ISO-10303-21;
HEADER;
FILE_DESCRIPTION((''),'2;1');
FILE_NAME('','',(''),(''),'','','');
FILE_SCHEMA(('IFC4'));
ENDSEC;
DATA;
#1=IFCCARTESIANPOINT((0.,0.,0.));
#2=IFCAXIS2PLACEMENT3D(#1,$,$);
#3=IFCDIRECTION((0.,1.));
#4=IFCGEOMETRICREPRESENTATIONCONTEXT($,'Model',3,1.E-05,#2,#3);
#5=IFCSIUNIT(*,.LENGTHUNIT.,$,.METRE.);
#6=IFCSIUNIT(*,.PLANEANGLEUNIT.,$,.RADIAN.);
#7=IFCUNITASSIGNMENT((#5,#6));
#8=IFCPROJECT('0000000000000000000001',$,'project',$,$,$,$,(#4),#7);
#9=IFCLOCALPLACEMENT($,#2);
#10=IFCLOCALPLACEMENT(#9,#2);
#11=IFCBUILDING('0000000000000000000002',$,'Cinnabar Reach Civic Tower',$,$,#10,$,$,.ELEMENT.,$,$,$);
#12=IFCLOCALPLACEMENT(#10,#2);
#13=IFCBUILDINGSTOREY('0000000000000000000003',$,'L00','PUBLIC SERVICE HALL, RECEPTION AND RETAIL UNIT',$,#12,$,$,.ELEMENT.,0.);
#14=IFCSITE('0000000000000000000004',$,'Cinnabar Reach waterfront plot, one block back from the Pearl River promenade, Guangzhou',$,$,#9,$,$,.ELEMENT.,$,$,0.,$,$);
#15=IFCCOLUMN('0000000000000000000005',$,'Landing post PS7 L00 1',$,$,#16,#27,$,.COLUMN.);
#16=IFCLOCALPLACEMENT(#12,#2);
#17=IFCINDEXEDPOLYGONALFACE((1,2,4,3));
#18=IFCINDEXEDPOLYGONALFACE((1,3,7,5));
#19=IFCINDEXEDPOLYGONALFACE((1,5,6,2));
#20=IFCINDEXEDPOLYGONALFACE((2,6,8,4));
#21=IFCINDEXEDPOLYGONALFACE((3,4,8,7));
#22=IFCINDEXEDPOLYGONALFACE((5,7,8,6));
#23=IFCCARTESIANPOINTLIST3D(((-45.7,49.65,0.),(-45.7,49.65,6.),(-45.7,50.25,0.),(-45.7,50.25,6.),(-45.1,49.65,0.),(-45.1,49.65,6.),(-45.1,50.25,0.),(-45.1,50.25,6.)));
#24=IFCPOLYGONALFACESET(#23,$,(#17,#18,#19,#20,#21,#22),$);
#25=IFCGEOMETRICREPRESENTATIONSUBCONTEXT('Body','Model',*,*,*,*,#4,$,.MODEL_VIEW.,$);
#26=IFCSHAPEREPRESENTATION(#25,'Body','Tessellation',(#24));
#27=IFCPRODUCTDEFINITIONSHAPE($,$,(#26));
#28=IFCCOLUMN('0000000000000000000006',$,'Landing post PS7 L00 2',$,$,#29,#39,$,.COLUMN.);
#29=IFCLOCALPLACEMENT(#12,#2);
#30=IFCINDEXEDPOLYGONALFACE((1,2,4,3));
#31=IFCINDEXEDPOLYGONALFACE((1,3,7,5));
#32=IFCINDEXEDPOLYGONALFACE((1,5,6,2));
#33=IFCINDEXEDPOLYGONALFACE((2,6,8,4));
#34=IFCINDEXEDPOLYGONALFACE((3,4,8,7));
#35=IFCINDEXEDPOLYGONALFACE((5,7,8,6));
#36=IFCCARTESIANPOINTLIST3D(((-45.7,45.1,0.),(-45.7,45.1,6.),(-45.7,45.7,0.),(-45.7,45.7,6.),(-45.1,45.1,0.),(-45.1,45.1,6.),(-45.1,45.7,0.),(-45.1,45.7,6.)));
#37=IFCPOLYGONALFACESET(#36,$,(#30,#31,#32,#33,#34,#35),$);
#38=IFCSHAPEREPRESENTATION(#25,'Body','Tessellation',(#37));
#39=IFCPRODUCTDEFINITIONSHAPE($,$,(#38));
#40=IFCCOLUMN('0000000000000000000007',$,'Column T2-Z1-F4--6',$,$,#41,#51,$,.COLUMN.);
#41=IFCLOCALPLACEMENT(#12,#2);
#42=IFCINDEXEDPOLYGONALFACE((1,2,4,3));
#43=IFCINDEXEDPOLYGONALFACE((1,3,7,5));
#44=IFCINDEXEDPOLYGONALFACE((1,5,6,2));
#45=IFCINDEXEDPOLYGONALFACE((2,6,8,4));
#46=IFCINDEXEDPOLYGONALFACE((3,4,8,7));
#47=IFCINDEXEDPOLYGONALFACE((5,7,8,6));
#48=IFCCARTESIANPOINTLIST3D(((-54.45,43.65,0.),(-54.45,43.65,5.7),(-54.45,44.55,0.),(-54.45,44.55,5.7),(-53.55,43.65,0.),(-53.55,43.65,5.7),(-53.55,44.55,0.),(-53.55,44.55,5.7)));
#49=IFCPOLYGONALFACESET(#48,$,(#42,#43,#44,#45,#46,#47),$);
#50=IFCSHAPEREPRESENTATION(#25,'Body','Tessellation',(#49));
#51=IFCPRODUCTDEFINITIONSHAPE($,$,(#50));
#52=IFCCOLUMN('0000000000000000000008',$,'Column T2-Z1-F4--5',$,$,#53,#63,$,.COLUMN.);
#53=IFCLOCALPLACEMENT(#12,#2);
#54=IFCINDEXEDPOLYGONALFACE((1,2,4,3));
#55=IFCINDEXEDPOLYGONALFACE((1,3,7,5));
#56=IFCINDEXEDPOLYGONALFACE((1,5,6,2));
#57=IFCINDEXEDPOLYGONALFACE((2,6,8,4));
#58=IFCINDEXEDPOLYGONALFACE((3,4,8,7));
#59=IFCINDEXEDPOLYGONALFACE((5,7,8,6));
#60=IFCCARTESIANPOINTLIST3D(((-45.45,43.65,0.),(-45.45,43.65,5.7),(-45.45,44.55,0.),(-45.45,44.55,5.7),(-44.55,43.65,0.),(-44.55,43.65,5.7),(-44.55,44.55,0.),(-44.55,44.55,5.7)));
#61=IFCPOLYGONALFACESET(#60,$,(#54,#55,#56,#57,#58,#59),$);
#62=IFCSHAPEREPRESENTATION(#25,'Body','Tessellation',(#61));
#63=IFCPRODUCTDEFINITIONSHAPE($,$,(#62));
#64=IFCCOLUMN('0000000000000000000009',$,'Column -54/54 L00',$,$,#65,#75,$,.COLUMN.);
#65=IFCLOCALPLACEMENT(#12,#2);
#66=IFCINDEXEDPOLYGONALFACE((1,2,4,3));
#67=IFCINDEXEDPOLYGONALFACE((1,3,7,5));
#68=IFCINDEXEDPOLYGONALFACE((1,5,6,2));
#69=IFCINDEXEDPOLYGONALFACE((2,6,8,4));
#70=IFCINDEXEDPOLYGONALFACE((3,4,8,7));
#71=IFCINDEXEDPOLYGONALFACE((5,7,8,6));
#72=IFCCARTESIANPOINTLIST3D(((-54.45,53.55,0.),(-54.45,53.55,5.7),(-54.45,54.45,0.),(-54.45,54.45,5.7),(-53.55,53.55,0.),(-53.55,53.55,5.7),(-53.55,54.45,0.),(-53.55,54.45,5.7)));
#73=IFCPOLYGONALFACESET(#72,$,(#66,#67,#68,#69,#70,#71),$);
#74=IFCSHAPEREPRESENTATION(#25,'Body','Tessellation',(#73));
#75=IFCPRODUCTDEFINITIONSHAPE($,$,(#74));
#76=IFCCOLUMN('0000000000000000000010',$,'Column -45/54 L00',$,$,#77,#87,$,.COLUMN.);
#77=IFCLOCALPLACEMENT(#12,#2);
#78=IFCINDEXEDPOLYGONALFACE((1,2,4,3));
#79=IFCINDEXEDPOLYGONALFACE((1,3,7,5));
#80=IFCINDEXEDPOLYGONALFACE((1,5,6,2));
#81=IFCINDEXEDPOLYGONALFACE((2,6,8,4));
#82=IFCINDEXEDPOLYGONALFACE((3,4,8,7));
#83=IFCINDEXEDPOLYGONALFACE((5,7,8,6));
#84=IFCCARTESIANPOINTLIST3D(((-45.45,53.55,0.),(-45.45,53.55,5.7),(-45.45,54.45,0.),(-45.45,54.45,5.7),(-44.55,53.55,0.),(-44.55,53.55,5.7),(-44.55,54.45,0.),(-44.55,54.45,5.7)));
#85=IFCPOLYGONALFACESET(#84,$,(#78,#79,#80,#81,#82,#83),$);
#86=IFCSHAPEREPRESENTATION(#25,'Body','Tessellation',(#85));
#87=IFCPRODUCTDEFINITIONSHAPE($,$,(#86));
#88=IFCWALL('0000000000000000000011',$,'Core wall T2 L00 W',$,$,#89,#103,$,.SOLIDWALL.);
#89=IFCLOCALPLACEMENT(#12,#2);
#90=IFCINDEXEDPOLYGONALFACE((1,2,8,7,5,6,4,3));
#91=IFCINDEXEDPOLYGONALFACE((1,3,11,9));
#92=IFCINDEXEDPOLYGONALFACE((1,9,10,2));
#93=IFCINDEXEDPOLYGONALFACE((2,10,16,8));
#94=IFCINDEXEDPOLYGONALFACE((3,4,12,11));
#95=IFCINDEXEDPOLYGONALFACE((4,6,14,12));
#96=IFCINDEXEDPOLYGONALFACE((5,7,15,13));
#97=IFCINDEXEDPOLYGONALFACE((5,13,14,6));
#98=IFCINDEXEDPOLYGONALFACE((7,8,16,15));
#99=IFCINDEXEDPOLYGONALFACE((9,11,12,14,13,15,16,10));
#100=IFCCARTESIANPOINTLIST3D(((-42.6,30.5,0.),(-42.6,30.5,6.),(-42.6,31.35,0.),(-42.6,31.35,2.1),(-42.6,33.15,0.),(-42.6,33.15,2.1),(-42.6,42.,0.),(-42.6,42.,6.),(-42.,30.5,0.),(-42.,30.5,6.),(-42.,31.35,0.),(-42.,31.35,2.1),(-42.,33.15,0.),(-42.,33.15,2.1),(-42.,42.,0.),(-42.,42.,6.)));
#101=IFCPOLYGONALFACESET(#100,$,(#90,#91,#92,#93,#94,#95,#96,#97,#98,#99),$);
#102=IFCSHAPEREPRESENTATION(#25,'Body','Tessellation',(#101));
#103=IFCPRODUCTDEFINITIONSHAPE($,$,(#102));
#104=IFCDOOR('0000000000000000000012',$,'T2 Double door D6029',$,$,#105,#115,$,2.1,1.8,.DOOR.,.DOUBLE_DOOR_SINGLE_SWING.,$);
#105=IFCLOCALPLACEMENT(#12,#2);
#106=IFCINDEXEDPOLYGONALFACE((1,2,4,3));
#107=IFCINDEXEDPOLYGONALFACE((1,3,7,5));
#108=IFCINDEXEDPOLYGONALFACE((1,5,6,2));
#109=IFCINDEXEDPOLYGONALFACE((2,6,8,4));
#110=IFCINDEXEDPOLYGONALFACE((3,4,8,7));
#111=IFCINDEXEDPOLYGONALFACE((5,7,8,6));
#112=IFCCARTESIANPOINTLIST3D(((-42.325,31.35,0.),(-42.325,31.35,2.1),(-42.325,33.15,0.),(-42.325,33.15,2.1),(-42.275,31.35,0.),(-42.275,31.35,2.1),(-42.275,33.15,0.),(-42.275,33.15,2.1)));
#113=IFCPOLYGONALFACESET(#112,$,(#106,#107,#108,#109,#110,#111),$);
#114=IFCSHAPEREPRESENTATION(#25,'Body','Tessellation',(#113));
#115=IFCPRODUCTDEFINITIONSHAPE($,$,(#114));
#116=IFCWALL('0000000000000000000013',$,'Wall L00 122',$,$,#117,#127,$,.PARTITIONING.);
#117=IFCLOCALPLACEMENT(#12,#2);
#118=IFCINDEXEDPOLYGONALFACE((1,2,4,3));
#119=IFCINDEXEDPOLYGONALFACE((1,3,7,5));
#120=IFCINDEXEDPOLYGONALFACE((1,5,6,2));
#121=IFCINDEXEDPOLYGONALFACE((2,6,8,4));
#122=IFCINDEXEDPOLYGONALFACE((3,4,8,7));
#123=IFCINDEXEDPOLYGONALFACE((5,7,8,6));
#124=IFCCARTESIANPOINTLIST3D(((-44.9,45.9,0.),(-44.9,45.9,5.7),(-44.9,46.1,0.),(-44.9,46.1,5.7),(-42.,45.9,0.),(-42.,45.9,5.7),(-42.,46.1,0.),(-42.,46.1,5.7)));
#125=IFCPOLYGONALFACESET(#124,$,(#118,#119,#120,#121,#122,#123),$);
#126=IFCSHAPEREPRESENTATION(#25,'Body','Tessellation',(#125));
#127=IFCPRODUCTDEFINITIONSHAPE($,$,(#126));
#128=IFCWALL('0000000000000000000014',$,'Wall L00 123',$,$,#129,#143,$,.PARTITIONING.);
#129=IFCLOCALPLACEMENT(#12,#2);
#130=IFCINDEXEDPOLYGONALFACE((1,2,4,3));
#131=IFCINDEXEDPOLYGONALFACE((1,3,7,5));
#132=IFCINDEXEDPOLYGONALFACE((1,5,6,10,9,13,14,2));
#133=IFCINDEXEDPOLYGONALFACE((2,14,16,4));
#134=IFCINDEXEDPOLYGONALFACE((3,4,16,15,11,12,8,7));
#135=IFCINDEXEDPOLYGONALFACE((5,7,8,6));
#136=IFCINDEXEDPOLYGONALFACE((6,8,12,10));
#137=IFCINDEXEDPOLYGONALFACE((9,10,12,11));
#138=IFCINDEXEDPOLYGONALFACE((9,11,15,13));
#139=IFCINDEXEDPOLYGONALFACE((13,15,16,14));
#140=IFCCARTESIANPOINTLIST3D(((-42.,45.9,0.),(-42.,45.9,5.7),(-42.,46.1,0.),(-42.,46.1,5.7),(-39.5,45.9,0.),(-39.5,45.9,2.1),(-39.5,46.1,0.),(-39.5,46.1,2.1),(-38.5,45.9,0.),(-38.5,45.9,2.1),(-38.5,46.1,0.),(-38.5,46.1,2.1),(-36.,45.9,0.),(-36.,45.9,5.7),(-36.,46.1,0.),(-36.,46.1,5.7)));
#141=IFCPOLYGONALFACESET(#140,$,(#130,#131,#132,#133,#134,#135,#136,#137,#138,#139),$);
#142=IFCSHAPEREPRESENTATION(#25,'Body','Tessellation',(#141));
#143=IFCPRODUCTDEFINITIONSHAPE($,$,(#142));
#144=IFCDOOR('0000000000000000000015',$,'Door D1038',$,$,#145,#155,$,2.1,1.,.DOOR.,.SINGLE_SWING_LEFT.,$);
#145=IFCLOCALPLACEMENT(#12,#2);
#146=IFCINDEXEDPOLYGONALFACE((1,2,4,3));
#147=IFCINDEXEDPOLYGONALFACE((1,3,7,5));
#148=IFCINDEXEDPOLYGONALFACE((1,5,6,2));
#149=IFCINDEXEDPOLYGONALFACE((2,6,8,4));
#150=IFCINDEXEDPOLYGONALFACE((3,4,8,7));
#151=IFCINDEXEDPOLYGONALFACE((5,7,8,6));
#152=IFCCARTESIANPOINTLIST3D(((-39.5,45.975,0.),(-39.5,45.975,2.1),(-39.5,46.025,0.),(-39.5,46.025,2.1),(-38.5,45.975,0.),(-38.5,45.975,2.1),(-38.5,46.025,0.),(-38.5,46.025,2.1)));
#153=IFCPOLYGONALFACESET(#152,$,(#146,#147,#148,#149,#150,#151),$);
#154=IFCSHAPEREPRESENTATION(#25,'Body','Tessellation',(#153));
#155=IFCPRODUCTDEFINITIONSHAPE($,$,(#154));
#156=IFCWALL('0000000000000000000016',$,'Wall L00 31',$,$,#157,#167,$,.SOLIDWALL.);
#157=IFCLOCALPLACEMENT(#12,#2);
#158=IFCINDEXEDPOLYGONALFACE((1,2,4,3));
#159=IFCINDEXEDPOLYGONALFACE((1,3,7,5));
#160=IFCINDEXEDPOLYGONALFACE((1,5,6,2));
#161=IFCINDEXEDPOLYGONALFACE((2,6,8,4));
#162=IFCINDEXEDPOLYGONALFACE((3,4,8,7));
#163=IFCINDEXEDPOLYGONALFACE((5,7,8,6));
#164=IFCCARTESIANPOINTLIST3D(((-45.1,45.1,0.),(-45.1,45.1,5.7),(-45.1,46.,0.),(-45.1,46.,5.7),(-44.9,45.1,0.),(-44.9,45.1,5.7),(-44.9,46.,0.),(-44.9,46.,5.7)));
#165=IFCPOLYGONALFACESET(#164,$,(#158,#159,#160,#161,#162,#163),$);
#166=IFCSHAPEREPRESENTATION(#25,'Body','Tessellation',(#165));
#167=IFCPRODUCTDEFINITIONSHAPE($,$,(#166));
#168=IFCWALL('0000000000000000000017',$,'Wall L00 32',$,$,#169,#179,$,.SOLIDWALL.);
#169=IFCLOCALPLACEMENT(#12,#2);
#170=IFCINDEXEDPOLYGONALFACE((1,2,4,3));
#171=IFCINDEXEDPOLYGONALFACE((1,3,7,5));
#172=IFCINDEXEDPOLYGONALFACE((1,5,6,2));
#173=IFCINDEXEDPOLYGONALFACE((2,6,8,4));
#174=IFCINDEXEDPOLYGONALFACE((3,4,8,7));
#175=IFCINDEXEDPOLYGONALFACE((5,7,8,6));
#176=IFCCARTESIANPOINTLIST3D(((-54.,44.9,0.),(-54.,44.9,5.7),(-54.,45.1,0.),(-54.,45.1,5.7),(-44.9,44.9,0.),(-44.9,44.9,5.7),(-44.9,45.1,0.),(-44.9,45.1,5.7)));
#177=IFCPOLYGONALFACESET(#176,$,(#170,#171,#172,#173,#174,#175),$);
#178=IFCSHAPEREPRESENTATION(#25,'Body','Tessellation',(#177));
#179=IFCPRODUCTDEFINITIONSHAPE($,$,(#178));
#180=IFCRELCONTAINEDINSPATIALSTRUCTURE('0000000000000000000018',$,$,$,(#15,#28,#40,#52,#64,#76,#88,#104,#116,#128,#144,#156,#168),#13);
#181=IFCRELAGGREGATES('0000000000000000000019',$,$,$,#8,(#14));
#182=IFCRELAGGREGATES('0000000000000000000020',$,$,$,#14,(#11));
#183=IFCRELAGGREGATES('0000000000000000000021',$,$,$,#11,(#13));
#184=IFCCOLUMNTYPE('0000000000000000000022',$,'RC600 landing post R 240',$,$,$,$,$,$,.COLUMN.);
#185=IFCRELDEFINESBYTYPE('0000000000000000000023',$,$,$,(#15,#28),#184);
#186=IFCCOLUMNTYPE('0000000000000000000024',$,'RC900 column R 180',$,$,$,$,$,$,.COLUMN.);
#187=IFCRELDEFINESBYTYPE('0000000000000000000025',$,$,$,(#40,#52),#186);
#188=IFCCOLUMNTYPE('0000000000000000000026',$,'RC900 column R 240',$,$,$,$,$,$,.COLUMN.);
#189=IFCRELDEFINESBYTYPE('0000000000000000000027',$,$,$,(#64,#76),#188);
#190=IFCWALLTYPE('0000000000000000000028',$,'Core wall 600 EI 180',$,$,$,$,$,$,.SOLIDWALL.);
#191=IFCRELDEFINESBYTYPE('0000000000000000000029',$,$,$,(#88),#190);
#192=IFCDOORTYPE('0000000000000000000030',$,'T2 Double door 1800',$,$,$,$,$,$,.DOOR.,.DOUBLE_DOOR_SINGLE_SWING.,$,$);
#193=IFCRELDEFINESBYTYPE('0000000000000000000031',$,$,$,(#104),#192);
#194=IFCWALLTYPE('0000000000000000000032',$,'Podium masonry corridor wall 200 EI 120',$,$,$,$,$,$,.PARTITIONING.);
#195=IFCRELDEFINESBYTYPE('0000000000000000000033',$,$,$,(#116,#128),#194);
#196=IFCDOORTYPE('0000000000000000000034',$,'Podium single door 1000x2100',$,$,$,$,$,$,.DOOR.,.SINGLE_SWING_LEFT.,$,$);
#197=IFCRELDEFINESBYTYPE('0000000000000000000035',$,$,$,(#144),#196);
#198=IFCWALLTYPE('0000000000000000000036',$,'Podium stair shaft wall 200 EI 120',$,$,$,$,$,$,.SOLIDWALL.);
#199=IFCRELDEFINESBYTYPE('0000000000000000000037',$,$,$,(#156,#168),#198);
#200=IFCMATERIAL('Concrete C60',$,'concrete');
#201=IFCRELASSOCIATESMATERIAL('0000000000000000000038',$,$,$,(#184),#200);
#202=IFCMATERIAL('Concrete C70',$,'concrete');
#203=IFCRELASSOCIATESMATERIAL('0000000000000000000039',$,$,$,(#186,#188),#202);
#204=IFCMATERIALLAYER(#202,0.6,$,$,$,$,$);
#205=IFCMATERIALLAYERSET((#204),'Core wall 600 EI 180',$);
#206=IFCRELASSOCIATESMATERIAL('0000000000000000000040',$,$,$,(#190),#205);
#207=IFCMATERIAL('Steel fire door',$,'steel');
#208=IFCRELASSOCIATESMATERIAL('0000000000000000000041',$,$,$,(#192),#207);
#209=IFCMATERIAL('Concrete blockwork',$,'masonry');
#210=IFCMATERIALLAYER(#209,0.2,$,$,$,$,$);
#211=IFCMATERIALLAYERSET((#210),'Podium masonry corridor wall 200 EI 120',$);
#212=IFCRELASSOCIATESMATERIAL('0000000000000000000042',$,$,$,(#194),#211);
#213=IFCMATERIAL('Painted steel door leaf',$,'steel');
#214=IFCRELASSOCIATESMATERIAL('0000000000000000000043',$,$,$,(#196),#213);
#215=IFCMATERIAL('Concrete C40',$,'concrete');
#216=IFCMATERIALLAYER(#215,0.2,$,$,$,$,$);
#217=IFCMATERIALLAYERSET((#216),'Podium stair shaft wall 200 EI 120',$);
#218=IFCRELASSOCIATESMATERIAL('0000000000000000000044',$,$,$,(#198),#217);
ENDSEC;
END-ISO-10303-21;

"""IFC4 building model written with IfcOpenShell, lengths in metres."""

from ifc_helpers import new_model, si_unit, direction, frame, frame_2d, origin, origin_2d, place, context, subcontext, project, spatial, rectangle, extrude, material, layer, layer_set, material_profile, profile_set, type_object, element, fill, save


model = new_model("IFC4")

# Units and contexts
model_context = context("Model", 3, precision=1e-05, world=origin(), true_north=direction((0.0, 1.0)))
body_context = subcontext(model_context, "Body", "Model", "MODEL_VIEW")
ifc_project = project(units=[si_unit("LENGTHUNIT", "METRE"), si_unit("PLANEANGLEUNIT", "RADIAN")], contexts=[model_context])

# Site, building, storey
site_placement = place(None, origin())
site = spatial("IfcSite", under=ifc_project, at=site_placement, Name="Cinnabar Reach waterfront plot, one block back from the Pearl River promenade, Guangzhou", CompositionType="ELEMENT", RefElevation=0.0)
building_placement = place(site_placement, origin())
building = spatial("IfcBuilding", under=site, at=building_placement, Name="Cinnabar Reach Civic Tower", CompositionType="ELEMENT")
storey_placement = place(building_placement, origin())
storey = spatial("IfcBuildingStorey", under=building, at=storey_placement, Name="L00", Description="PUBLIC SERVICE HALL, RECEPTION AND RETAIL UNIT", CompositionType="ELEMENT", Elevation=0.0)

# Columns
ifc_material_1 = material(Name="Concrete C60", Category="concrete")
ifc_material_profile_1 = material_profile(ifc_material_1, rectangle(XDim=0.6, YDim=0.6, at=origin_2d()), Name="RC600")
ifc_profile_set_1 = profile_set([ifc_material_profile_1], Name="Concrete C60")
column_type_1 = type_object("IfcColumnType", Name="RC600 landing post R 240", PredefinedType="COLUMN", material=ifc_profile_set_1)
for number, where, z_axis, x_axis, name in (
    (1, (-45.4, 49.95, 0.0), (0.0, 0.0, 1.0), (1.0, 0.0, 0.0), "Landing post PS7 L00 1"),
    (2, (-45.4, 45.4, 0.0), (0.0, 0.0, 1.0), (1.0, 0.0, 0.0), "Landing post PS7 L00 2"),
):
    element("IfcColumn", number, at=place(storey_placement, frame(where, z_axis=z_axis, x_axis=x_axis)), inside=storey, type_object=column_type_1, Name=name, PredefinedType="COLUMN", context=body_context, shape_type="SweptSolid", body=[
        extrude(rectangle(XDim=0.6, YDim=0.6, at=origin_2d()), origin(), (0.0, 0.0, 1.0), 6.0),
    ])
ifc_material_2 = material(Name="Concrete C70", Category="concrete")
ifc_material_profile_2 = material_profile(ifc_material_2, rectangle(XDim=0.9, YDim=0.9, at=origin_2d()), Name="RC900")
ifc_profile_set_2 = profile_set([ifc_material_profile_2], Name="Concrete C70")
column_type_2 = type_object("IfcColumnType", Name="RC900 column R 180", PredefinedType="COLUMN", material=ifc_profile_set_2)
for number, where, z_axis, x_axis, name in (
    (3, (-54.0, 44.1, 0.0), (0.0, 0.0, 1.0), (1.0, 0.0, 0.0), "Column T2-Z1-F4--6"),
    (4, (-45.0, 44.1, 0.0), (0.0, 0.0, 1.0), (1.0, 0.0, 0.0), "Column T2-Z1-F4--5"),
):
    element("IfcColumn", number, at=place(storey_placement, frame(where, z_axis=z_axis, x_axis=x_axis)), inside=storey, type_object=column_type_2, Name=name, PredefinedType="COLUMN", context=body_context, shape_type="SweptSolid", body=[
        extrude(rectangle(XDim=0.9, YDim=0.9, at=origin_2d()), origin(), (0.0, 0.0, 1.0), 5.7),
    ])
ifc_material_profile_3 = material_profile(ifc_material_2, rectangle(XDim=0.9, YDim=0.9, at=origin_2d()), Name="RC900")
ifc_profile_set_3 = profile_set([ifc_material_profile_3], Name="Concrete C70")
column_type_3 = type_object("IfcColumnType", Name="RC900 column R 240", PredefinedType="COLUMN", material=ifc_profile_set_3)
for number, where, z_axis, x_axis, name in (
    (5, (-54.0, 54.0, 0.0), (0.0, 0.0, 1.0), (1.0, 0.0, 0.0), "Column -54/54 L00"),
    (6, (-45.0, 54.0, 0.0), (0.0, 0.0, 1.0), (1.0, 0.0, 0.0), "Column -45/54 L00"),
):
    element("IfcColumn", number, at=place(storey_placement, frame(where, z_axis=z_axis, x_axis=x_axis)), inside=storey, type_object=column_type_3, Name=name, PredefinedType="COLUMN", context=body_context, shape_type="SweptSolid", body=[
        extrude(rectangle(XDim=0.9, YDim=0.9, at=origin_2d()), origin(), (0.0, 0.0, 1.0), 5.7),
    ])

# Wall, opening, door
ifc_layer_1 = layer(ifc_material_2, 0.6)
ifc_layer_set_1 = layer_set([ifc_layer_1], Name="Core wall 600 EI 180")
wall_type_1 = type_object("IfcWallType", Name="Core wall 600 EI 180", PredefinedType="SOLIDWALL", material=ifc_layer_set_1)
wall_1_placement = place(storey_placement, frame((-42.3, 42.0, 0.0), z_axis=(0.0, 0.0, 1.0), x_axis=(0.0, -1.0, 0.0)))
wall_1 = element("IfcWall", 7, at=wall_1_placement, inside=storey, type_object=wall_type_1, Name="Core wall T2 L00 W", PredefinedType="SOLIDWALL", context=body_context, shape_type="SweptSolid", body=[
    extrude(rectangle(XDim=11.5, YDim=0.6, at=frame_2d((5.75, 0.0))), origin(), (0.0, 0.0, 1.0), 6.0),
])
opening_1_placement = place(wall_1_placement, frame((8.85, 0.0, 0.0)))
opening_1 = element("IfcOpeningElement", 8, at=opening_1_placement, cuts=wall_1, PredefinedType="OPENING", context=body_context, shape_type="SweptSolid", body=[
    extrude(rectangle(XDim=1.8, YDim=2.1, at=frame_2d((0.9, 1.05))), frame((0.0, 0.31, 0.0), z_axis=(0.0, -1.0, 0.0), x_axis=(1.0, 0.0, 0.0)), (0.0, 0.0, 1.0), 0.62),
])
ifc_material_3 = material(Name="Steel fire door", Category="steel")
door_type_1 = type_object("IfcDoorType", Name="T2 Double door 1800", OperationType="DOUBLE_DOOR_SINGLE_SWING", PredefinedType="DOOR", material=ifc_material_3)
door_1_placement = place(opening_1_placement, frame((1.8, 0.0, 0.0), z_axis=(0.0, 0.0, 1.0), x_axis=(-1.0, 0.0, 0.0)))
door_1 = element("IfcDoor", 9, at=door_1_placement, inside=storey, type_object=door_type_1, Name="T2 Double door D6029", OperationType="DOUBLE_DOOR_SINGLE_SWING", OverallHeight=2.1, OverallWidth=1.8, PredefinedType="DOOR", context=body_context, shape_type="SweptSolid", body=[
    extrude(rectangle(XDim=1.8, YDim=2.1, at=frame_2d((0.9, 1.05))), frame((0.0, 0.025, 0.0), z_axis=(0.0, -1.0, 0.0), x_axis=(1.0, 0.0, 0.0)), (0.0, 0.0, 1.0), 0.05),
])
fill(opening_1, door_1)

# Wall
ifc_material_4 = material(Name="Concrete blockwork", Category="masonry")
ifc_layer_2 = layer(ifc_material_4, 0.2)
ifc_layer_set_2 = layer_set([ifc_layer_2], Name="Podium masonry corridor wall 200 EI 120")
wall_type_2 = type_object("IfcWallType", Name="Podium masonry corridor wall 200 EI 120", PredefinedType="PARTITIONING", material=ifc_layer_set_2)
wall_2_placement = place(storey_placement, frame((-44.9, 46.0, 0.0), z_axis=(0.0, 0.0, 1.0), x_axis=(1.0, 0.0, 0.0)))
element("IfcWall", 10, at=wall_2_placement, inside=storey, type_object=wall_type_2, Name="Wall L00 122", PredefinedType="PARTITIONING", context=body_context, shape_type="SweptSolid", body=[
    extrude(rectangle(XDim=2.9, YDim=0.2, at=frame_2d((1.45, 0.0))), origin(), (0.0, 0.0, 1.0), 5.7),
])

# Wall, opening, door
wall_3_placement = place(storey_placement, frame((-42.0, 46.0, 0.0), z_axis=(0.0, 0.0, 1.0), x_axis=(1.0, 0.0, 0.0)))
wall_3 = element("IfcWall", 11, at=wall_3_placement, inside=storey, type_object=wall_type_2, Name="Wall L00 123", PredefinedType="PARTITIONING", context=body_context, shape_type="SweptSolid", body=[
    extrude(rectangle(XDim=6.0, YDim=0.2, at=frame_2d((3.0, 0.0))), origin(), (0.0, 0.0, 1.0), 5.7),
])
opening_2_placement = place(wall_3_placement, frame((2.5, 0.0, 0.0)))
opening_2 = element("IfcOpeningElement", 12, at=opening_2_placement, cuts=wall_3, PredefinedType="OPENING", context=body_context, shape_type="SweptSolid", body=[
    extrude(rectangle(XDim=1.0, YDim=2.1, at=frame_2d((0.5, 1.05))), frame((0.0, 0.11, 0.0), z_axis=(0.0, -1.0, 0.0), x_axis=(1.0, 0.0, 0.0)), (0.0, 0.0, 1.0), 0.22),
])
ifc_material_5 = material(Name="Painted steel door leaf", Category="steel")
door_type_2 = type_object("IfcDoorType", Name="Podium single door 1000x2100", OperationType="SINGLE_SWING_LEFT", PredefinedType="DOOR", material=ifc_material_5)
door_2_placement = place(opening_2_placement, origin())
door_2 = element("IfcDoor", 13, at=door_2_placement, inside=storey, type_object=door_type_2, Name="Door D1038", OperationType="SINGLE_SWING_LEFT", OverallHeight=2.1, OverallWidth=1.0, PredefinedType="DOOR", context=body_context, shape_type="SweptSolid", body=[
    extrude(rectangle(XDim=1.0, YDim=2.1, at=frame_2d((0.5, 1.05))), frame((0.0, 0.025, 0.0), z_axis=(0.0, -1.0, 0.0), x_axis=(1.0, 0.0, 0.0)), (0.0, 0.0, 1.0), 0.05),
])
fill(opening_2, door_2)

# Walls
ifc_material_6 = material(Name="Concrete C40", Category="concrete")
ifc_layer_3 = layer(ifc_material_6, 0.2)
ifc_layer_set_3 = layer_set([ifc_layer_3], Name="Podium stair shaft wall 200 EI 120")
wall_type_3 = type_object("IfcWallType", Name="Podium stair shaft wall 200 EI 120", PredefinedType="SOLIDWALL", material=ifc_layer_set_3)
wall_4_placement = place(storey_placement, frame((-45.0, 45.1, 0.0), z_axis=(0.0, 0.0, 1.0), x_axis=(0.0, 1.0, 0.0)))
element("IfcWall", 14, at=wall_4_placement, inside=storey, type_object=wall_type_3, Name="Wall L00 31", PredefinedType="SOLIDWALL", context=body_context, shape_type="SweptSolid", body=[
    extrude(rectangle(XDim=0.9, YDim=0.2, at=frame_2d((0.45, 0.0))), origin(), (0.0, 0.0, 1.0), 5.7),
])
wall_5_placement = place(storey_placement, frame((-54.0, 45.0, 0.0), z_axis=(0.0, 0.0, 1.0), x_axis=(1.0, 0.0, 0.0)))
element("IfcWall", 15, at=wall_5_placement, inside=storey, type_object=wall_type_3, Name="Wall L00 32", PredefinedType="SOLIDWALL", context=body_context, shape_type="SweptSolid", body=[
    extrude(rectangle(XDim=9.1, YDim=0.2, at=frame_2d((4.55, 0.0))), origin(), (0.0, 0.0, 1.0), 5.7),
])

save(model, "model.ifc")
